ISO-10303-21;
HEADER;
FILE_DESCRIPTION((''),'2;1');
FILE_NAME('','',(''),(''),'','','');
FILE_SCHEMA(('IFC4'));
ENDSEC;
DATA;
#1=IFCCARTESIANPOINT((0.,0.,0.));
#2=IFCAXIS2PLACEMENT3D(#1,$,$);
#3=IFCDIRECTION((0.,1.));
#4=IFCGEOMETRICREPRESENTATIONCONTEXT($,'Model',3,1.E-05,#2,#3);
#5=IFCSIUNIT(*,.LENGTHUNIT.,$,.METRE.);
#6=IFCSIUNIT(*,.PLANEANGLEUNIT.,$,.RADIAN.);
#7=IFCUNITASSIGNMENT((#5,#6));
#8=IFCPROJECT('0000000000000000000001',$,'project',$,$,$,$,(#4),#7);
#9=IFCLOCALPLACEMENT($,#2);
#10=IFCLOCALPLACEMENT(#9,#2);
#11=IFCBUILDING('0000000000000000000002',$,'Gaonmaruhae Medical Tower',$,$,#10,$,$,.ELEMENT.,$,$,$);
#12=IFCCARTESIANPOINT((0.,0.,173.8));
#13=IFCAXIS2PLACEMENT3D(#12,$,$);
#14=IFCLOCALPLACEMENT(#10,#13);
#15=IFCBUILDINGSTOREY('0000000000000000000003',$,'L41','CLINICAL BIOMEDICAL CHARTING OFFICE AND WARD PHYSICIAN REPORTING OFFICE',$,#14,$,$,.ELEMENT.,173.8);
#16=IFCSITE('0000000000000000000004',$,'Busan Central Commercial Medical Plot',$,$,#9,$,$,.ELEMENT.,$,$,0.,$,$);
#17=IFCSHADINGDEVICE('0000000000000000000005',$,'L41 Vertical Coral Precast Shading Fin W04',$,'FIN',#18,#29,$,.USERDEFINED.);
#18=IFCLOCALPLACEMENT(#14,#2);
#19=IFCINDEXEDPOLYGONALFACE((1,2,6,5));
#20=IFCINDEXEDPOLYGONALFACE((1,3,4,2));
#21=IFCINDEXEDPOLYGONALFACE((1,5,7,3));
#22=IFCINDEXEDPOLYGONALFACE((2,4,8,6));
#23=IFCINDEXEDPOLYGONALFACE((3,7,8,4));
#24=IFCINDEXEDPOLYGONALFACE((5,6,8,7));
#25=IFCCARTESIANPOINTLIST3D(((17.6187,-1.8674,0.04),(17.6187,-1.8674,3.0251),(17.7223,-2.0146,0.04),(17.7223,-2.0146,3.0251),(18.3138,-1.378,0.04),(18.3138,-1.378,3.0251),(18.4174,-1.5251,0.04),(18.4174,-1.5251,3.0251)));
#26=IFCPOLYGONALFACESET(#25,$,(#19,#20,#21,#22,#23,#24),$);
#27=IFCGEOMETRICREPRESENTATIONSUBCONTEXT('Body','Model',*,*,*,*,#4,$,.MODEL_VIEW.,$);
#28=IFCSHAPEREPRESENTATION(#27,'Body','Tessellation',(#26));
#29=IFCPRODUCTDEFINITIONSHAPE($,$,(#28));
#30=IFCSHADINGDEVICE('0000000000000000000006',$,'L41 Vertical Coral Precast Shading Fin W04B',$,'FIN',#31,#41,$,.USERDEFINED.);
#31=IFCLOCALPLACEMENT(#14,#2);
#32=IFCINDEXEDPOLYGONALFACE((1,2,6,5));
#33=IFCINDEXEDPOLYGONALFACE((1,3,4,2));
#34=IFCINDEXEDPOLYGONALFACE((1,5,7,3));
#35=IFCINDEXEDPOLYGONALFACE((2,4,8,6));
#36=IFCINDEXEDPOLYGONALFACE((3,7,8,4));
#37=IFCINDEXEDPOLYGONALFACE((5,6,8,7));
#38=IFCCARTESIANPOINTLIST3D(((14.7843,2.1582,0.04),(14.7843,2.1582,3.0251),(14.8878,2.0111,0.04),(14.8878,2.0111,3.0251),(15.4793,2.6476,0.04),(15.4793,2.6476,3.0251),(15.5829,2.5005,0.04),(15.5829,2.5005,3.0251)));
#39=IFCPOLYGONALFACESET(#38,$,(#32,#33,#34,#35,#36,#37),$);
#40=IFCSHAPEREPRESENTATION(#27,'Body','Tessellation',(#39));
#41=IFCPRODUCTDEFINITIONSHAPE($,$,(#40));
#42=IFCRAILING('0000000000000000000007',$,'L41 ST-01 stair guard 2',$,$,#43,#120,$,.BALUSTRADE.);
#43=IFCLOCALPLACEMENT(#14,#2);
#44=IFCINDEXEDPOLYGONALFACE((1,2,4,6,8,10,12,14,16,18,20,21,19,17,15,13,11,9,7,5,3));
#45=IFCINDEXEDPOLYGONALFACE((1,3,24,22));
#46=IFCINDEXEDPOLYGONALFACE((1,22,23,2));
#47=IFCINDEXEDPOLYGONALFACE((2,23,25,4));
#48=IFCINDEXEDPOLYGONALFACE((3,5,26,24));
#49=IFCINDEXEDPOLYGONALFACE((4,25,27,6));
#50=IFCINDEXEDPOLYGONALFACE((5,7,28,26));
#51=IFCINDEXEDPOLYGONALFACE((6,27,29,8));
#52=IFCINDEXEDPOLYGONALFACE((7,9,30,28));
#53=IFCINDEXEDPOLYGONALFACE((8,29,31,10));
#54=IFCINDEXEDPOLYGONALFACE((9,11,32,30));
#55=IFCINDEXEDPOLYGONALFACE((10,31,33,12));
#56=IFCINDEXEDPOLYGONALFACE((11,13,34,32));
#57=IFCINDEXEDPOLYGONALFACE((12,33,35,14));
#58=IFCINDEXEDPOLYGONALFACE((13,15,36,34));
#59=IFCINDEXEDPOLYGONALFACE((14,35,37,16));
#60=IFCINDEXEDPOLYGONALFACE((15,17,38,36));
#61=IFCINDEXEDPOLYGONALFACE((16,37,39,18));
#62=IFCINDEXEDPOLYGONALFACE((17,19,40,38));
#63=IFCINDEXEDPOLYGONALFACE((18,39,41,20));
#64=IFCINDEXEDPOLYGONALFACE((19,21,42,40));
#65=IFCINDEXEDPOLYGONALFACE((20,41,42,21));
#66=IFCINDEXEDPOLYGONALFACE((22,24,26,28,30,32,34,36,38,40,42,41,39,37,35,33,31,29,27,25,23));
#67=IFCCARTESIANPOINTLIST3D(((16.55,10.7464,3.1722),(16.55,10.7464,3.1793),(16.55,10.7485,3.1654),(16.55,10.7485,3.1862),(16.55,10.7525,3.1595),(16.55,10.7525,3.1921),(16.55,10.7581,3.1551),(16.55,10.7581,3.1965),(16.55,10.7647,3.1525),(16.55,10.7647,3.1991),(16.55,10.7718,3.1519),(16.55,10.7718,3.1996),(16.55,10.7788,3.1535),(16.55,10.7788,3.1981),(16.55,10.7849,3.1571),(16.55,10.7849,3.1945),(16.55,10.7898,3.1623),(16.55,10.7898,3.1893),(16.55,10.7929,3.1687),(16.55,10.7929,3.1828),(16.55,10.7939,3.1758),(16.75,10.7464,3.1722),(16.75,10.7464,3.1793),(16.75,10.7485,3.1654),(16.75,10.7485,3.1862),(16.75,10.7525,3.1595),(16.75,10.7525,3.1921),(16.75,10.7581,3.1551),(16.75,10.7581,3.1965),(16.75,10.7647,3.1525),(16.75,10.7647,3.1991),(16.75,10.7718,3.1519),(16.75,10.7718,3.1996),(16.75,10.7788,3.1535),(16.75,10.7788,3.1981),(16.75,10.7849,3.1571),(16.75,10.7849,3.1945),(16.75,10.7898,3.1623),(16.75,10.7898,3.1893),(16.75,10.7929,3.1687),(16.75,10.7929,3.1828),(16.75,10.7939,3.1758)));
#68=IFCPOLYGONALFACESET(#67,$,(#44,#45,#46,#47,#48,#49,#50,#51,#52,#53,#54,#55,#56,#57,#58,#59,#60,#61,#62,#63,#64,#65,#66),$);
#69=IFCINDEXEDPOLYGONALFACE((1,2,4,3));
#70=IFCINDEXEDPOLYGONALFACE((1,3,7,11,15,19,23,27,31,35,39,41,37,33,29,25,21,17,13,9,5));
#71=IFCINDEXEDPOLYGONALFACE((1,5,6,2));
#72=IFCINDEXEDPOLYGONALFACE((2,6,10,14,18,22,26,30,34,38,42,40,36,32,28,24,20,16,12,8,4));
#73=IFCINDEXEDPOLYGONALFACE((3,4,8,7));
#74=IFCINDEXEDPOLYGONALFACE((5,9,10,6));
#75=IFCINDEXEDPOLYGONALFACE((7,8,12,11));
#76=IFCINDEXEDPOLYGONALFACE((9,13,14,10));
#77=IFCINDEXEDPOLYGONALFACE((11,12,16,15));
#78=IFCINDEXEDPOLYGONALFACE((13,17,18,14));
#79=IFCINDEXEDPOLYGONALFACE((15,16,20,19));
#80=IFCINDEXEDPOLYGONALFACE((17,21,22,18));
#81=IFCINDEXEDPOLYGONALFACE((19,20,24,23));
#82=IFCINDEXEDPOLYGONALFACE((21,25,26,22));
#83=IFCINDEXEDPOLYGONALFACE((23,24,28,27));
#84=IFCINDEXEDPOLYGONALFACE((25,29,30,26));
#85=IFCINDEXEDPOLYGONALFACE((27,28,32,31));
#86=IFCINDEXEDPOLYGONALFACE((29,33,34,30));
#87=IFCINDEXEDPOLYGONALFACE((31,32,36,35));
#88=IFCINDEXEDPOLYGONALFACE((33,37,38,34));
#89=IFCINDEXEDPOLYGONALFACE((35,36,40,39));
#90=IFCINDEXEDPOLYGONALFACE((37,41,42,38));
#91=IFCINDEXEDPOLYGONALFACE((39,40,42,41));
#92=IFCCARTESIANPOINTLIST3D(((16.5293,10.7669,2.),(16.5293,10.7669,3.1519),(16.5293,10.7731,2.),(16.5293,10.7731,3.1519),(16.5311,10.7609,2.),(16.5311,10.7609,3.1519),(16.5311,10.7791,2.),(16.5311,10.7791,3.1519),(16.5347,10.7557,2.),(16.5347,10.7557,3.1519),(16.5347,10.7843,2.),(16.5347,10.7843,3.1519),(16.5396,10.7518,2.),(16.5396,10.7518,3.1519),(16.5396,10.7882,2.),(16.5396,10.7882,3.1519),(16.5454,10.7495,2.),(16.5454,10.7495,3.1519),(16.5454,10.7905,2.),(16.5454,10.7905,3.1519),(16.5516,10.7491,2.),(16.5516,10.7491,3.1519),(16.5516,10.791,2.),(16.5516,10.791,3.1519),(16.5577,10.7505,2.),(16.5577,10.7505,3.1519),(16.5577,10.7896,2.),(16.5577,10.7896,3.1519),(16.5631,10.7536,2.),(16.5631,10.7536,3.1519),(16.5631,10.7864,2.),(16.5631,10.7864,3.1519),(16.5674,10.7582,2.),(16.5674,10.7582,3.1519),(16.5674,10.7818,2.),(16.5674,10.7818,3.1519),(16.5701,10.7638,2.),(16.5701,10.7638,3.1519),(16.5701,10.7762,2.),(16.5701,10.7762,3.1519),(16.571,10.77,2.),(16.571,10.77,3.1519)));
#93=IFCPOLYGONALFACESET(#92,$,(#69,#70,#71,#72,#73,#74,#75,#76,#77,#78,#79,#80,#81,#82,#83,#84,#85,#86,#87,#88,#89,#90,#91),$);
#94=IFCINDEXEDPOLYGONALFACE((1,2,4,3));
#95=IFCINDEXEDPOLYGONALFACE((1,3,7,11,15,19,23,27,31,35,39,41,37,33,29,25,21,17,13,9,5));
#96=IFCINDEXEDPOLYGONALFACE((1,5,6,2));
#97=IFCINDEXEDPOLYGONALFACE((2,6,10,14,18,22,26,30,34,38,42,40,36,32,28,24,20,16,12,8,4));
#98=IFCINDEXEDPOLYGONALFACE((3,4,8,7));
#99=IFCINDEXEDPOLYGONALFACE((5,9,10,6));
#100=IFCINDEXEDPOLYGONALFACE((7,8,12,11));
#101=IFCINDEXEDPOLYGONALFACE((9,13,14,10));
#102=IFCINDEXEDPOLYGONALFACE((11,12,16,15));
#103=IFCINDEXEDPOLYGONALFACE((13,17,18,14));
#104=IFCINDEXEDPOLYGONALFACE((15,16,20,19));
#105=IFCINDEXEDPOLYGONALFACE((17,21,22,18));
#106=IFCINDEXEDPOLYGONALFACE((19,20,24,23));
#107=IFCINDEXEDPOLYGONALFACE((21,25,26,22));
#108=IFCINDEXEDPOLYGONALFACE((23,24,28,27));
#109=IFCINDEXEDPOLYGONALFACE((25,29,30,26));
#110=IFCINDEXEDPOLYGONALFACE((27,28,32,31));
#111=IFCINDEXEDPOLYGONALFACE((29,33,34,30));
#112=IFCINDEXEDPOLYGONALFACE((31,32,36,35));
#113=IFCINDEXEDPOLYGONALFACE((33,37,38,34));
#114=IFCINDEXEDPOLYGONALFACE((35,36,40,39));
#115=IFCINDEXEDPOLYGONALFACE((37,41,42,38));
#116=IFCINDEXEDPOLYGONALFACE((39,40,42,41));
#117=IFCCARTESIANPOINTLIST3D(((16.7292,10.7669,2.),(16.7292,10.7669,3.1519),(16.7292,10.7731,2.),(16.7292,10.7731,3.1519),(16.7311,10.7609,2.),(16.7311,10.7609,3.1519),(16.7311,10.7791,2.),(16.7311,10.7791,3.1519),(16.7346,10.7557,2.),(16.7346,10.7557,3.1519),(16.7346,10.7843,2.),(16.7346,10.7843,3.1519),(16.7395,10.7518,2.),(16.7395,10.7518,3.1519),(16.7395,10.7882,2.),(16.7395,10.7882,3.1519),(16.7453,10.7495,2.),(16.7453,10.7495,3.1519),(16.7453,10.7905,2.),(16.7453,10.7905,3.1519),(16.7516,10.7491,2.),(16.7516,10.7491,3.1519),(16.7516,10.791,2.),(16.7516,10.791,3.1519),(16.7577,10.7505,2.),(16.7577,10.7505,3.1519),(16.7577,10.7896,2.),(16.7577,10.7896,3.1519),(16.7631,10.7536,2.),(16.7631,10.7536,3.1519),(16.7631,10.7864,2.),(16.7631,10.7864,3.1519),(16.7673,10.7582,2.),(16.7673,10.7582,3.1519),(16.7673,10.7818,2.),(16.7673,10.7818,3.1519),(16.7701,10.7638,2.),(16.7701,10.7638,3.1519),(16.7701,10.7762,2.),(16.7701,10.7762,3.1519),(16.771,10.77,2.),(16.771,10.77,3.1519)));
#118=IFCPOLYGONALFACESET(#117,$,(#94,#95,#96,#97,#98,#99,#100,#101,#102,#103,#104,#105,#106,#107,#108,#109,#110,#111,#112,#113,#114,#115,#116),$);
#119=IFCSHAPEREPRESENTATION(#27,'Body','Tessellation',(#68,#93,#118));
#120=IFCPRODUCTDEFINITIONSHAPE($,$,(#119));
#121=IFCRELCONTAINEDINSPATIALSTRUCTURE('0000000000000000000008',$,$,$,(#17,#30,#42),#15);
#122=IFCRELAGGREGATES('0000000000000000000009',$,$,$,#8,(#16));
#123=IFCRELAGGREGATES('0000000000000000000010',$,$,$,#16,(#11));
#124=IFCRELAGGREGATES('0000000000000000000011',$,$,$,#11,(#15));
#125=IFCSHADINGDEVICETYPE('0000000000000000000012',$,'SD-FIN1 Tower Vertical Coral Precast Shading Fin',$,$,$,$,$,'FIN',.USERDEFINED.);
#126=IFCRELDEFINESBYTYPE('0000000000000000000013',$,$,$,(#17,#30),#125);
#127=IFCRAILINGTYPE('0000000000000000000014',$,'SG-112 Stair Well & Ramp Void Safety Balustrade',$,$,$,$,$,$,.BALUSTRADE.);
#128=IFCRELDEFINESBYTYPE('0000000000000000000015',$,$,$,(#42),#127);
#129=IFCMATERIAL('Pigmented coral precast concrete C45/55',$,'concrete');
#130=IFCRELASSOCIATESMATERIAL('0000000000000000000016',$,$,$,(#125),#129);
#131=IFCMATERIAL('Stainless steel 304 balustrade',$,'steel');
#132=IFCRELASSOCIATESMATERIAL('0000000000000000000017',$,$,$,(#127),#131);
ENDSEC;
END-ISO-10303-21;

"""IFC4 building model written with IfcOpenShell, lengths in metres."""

from ifc_helpers import new_model, si_unit, direction, frame, origin, origin_2d, place, context, subcontext, project, spatial, rectangle, circle, extrude, material, type_object, element, save


model = new_model("IFC4")

# Units and contexts
model_context = context("Model", 3, precision=1e-05, world=origin(), true_north=direction((0.0, 1.0)))
body_context = subcontext(model_context, "Body", "Model", "MODEL_VIEW")
ifc_project = project(units=[si_unit("LENGTHUNIT", "METRE"), si_unit("PLANEANGLEUNIT", "RADIAN")], contexts=[model_context])

# Site, building, storey
site_placement = place(None, origin())
site = spatial("IfcSite", under=ifc_project, at=site_placement, Name="Busan Central Commercial Medical Plot", CompositionType="ELEMENT", RefElevation=0.0)
building_placement = place(site_placement, origin())
building = spatial("IfcBuilding", under=site, at=building_placement, Name="Gaonmaruhae Medical Tower", CompositionType="ELEMENT")
storey_placement = place(building_placement, frame((0.0, 0.0, 173.8)))
storey = spatial("IfcBuildingStorey", under=building, at=storey_placement, Name="L41", Description="CLINICAL BIOMEDICAL CHARTING OFFICE AND WARD PHYSICIAN REPORTING OFFICE", CompositionType="ELEMENT", Elevation=173.8)

# Shading devices
ifc_material_1 = material(Name="Pigmented coral precast concrete C45/55", Category="concrete")
shading_device_type = type_object("IfcShadingDeviceType", Name="SD-FIN1 Tower Vertical Coral Precast Shading Fin", ElementType="FIN", PredefinedType="USERDEFINED", material=ifc_material_1)
for number, where, z_axis, x_axis, name in (
    (1, (18.0181, -1.6963, 0.04), (0.0, 0.0, 1.0), (-0.575719, 0.817648, 0.0), "L41 Vertical Coral Precast Shading Fin W04"),
    (2, (15.1836, 2.3293, 0.04), (0.0, 0.0, 1.0), (-0.575719, 0.817648, 0.0), "L41 Vertical Coral Precast Shading Fin W04B"),
):
    element("IfcShadingDevice", number, at=place(storey_placement, frame(where, z_axis=z_axis, x_axis=x_axis)), inside=storey, type_object=shading_device_type, Name=name, ObjectType="FIN", PredefinedType="USERDEFINED", context=body_context, shape_type="SweptSolid", body=[
        extrude(rectangle(XDim=0.1799, YDim=0.8501, at=origin_2d()), origin(), (0.0, 0.0, 1.0), 2.9851),
    ])

# Railing
ifc_material_2 = material(Name="Stainless steel 304 balustrade", Category="steel")
railing_type = type_object("IfcRailingType", Name="SG-112 Stair Well & Ramp Void Safety Balustrade", PredefinedType="BALUSTRADE", material=ifc_material_2)
railing_placement = place(storey_placement, frame((16.55, 10.77, 2.0)))
element("IfcRailing", 3, at=railing_placement, inside=storey, type_object=railing_type, Name="L41 ST-01 stair guard 2", PredefinedType="BALUSTRADE", context=body_context, shape_type="SweptSolid", body=[
    extrude(circle(Radius=0.0239, at=origin_2d()), frame((0.0, 0.0, 1.1758), z_axis=(1.0, 0.0, 0.0), x_axis=(0.0, 1.0, 0.0)), (0.0, 0.0, 1.0), 0.2),
    extrude(circle(Radius=0.021, at=origin_2d()), origin(), (0.0, 0.0, 1.0), 1.1519),
    extrude(circle(Radius=0.021, at=origin_2d()), frame((0.2, 0.0, 0.0)), (0.0, 0.0, 1.0), 1.1519),
])

save(model, "model.ifc")
